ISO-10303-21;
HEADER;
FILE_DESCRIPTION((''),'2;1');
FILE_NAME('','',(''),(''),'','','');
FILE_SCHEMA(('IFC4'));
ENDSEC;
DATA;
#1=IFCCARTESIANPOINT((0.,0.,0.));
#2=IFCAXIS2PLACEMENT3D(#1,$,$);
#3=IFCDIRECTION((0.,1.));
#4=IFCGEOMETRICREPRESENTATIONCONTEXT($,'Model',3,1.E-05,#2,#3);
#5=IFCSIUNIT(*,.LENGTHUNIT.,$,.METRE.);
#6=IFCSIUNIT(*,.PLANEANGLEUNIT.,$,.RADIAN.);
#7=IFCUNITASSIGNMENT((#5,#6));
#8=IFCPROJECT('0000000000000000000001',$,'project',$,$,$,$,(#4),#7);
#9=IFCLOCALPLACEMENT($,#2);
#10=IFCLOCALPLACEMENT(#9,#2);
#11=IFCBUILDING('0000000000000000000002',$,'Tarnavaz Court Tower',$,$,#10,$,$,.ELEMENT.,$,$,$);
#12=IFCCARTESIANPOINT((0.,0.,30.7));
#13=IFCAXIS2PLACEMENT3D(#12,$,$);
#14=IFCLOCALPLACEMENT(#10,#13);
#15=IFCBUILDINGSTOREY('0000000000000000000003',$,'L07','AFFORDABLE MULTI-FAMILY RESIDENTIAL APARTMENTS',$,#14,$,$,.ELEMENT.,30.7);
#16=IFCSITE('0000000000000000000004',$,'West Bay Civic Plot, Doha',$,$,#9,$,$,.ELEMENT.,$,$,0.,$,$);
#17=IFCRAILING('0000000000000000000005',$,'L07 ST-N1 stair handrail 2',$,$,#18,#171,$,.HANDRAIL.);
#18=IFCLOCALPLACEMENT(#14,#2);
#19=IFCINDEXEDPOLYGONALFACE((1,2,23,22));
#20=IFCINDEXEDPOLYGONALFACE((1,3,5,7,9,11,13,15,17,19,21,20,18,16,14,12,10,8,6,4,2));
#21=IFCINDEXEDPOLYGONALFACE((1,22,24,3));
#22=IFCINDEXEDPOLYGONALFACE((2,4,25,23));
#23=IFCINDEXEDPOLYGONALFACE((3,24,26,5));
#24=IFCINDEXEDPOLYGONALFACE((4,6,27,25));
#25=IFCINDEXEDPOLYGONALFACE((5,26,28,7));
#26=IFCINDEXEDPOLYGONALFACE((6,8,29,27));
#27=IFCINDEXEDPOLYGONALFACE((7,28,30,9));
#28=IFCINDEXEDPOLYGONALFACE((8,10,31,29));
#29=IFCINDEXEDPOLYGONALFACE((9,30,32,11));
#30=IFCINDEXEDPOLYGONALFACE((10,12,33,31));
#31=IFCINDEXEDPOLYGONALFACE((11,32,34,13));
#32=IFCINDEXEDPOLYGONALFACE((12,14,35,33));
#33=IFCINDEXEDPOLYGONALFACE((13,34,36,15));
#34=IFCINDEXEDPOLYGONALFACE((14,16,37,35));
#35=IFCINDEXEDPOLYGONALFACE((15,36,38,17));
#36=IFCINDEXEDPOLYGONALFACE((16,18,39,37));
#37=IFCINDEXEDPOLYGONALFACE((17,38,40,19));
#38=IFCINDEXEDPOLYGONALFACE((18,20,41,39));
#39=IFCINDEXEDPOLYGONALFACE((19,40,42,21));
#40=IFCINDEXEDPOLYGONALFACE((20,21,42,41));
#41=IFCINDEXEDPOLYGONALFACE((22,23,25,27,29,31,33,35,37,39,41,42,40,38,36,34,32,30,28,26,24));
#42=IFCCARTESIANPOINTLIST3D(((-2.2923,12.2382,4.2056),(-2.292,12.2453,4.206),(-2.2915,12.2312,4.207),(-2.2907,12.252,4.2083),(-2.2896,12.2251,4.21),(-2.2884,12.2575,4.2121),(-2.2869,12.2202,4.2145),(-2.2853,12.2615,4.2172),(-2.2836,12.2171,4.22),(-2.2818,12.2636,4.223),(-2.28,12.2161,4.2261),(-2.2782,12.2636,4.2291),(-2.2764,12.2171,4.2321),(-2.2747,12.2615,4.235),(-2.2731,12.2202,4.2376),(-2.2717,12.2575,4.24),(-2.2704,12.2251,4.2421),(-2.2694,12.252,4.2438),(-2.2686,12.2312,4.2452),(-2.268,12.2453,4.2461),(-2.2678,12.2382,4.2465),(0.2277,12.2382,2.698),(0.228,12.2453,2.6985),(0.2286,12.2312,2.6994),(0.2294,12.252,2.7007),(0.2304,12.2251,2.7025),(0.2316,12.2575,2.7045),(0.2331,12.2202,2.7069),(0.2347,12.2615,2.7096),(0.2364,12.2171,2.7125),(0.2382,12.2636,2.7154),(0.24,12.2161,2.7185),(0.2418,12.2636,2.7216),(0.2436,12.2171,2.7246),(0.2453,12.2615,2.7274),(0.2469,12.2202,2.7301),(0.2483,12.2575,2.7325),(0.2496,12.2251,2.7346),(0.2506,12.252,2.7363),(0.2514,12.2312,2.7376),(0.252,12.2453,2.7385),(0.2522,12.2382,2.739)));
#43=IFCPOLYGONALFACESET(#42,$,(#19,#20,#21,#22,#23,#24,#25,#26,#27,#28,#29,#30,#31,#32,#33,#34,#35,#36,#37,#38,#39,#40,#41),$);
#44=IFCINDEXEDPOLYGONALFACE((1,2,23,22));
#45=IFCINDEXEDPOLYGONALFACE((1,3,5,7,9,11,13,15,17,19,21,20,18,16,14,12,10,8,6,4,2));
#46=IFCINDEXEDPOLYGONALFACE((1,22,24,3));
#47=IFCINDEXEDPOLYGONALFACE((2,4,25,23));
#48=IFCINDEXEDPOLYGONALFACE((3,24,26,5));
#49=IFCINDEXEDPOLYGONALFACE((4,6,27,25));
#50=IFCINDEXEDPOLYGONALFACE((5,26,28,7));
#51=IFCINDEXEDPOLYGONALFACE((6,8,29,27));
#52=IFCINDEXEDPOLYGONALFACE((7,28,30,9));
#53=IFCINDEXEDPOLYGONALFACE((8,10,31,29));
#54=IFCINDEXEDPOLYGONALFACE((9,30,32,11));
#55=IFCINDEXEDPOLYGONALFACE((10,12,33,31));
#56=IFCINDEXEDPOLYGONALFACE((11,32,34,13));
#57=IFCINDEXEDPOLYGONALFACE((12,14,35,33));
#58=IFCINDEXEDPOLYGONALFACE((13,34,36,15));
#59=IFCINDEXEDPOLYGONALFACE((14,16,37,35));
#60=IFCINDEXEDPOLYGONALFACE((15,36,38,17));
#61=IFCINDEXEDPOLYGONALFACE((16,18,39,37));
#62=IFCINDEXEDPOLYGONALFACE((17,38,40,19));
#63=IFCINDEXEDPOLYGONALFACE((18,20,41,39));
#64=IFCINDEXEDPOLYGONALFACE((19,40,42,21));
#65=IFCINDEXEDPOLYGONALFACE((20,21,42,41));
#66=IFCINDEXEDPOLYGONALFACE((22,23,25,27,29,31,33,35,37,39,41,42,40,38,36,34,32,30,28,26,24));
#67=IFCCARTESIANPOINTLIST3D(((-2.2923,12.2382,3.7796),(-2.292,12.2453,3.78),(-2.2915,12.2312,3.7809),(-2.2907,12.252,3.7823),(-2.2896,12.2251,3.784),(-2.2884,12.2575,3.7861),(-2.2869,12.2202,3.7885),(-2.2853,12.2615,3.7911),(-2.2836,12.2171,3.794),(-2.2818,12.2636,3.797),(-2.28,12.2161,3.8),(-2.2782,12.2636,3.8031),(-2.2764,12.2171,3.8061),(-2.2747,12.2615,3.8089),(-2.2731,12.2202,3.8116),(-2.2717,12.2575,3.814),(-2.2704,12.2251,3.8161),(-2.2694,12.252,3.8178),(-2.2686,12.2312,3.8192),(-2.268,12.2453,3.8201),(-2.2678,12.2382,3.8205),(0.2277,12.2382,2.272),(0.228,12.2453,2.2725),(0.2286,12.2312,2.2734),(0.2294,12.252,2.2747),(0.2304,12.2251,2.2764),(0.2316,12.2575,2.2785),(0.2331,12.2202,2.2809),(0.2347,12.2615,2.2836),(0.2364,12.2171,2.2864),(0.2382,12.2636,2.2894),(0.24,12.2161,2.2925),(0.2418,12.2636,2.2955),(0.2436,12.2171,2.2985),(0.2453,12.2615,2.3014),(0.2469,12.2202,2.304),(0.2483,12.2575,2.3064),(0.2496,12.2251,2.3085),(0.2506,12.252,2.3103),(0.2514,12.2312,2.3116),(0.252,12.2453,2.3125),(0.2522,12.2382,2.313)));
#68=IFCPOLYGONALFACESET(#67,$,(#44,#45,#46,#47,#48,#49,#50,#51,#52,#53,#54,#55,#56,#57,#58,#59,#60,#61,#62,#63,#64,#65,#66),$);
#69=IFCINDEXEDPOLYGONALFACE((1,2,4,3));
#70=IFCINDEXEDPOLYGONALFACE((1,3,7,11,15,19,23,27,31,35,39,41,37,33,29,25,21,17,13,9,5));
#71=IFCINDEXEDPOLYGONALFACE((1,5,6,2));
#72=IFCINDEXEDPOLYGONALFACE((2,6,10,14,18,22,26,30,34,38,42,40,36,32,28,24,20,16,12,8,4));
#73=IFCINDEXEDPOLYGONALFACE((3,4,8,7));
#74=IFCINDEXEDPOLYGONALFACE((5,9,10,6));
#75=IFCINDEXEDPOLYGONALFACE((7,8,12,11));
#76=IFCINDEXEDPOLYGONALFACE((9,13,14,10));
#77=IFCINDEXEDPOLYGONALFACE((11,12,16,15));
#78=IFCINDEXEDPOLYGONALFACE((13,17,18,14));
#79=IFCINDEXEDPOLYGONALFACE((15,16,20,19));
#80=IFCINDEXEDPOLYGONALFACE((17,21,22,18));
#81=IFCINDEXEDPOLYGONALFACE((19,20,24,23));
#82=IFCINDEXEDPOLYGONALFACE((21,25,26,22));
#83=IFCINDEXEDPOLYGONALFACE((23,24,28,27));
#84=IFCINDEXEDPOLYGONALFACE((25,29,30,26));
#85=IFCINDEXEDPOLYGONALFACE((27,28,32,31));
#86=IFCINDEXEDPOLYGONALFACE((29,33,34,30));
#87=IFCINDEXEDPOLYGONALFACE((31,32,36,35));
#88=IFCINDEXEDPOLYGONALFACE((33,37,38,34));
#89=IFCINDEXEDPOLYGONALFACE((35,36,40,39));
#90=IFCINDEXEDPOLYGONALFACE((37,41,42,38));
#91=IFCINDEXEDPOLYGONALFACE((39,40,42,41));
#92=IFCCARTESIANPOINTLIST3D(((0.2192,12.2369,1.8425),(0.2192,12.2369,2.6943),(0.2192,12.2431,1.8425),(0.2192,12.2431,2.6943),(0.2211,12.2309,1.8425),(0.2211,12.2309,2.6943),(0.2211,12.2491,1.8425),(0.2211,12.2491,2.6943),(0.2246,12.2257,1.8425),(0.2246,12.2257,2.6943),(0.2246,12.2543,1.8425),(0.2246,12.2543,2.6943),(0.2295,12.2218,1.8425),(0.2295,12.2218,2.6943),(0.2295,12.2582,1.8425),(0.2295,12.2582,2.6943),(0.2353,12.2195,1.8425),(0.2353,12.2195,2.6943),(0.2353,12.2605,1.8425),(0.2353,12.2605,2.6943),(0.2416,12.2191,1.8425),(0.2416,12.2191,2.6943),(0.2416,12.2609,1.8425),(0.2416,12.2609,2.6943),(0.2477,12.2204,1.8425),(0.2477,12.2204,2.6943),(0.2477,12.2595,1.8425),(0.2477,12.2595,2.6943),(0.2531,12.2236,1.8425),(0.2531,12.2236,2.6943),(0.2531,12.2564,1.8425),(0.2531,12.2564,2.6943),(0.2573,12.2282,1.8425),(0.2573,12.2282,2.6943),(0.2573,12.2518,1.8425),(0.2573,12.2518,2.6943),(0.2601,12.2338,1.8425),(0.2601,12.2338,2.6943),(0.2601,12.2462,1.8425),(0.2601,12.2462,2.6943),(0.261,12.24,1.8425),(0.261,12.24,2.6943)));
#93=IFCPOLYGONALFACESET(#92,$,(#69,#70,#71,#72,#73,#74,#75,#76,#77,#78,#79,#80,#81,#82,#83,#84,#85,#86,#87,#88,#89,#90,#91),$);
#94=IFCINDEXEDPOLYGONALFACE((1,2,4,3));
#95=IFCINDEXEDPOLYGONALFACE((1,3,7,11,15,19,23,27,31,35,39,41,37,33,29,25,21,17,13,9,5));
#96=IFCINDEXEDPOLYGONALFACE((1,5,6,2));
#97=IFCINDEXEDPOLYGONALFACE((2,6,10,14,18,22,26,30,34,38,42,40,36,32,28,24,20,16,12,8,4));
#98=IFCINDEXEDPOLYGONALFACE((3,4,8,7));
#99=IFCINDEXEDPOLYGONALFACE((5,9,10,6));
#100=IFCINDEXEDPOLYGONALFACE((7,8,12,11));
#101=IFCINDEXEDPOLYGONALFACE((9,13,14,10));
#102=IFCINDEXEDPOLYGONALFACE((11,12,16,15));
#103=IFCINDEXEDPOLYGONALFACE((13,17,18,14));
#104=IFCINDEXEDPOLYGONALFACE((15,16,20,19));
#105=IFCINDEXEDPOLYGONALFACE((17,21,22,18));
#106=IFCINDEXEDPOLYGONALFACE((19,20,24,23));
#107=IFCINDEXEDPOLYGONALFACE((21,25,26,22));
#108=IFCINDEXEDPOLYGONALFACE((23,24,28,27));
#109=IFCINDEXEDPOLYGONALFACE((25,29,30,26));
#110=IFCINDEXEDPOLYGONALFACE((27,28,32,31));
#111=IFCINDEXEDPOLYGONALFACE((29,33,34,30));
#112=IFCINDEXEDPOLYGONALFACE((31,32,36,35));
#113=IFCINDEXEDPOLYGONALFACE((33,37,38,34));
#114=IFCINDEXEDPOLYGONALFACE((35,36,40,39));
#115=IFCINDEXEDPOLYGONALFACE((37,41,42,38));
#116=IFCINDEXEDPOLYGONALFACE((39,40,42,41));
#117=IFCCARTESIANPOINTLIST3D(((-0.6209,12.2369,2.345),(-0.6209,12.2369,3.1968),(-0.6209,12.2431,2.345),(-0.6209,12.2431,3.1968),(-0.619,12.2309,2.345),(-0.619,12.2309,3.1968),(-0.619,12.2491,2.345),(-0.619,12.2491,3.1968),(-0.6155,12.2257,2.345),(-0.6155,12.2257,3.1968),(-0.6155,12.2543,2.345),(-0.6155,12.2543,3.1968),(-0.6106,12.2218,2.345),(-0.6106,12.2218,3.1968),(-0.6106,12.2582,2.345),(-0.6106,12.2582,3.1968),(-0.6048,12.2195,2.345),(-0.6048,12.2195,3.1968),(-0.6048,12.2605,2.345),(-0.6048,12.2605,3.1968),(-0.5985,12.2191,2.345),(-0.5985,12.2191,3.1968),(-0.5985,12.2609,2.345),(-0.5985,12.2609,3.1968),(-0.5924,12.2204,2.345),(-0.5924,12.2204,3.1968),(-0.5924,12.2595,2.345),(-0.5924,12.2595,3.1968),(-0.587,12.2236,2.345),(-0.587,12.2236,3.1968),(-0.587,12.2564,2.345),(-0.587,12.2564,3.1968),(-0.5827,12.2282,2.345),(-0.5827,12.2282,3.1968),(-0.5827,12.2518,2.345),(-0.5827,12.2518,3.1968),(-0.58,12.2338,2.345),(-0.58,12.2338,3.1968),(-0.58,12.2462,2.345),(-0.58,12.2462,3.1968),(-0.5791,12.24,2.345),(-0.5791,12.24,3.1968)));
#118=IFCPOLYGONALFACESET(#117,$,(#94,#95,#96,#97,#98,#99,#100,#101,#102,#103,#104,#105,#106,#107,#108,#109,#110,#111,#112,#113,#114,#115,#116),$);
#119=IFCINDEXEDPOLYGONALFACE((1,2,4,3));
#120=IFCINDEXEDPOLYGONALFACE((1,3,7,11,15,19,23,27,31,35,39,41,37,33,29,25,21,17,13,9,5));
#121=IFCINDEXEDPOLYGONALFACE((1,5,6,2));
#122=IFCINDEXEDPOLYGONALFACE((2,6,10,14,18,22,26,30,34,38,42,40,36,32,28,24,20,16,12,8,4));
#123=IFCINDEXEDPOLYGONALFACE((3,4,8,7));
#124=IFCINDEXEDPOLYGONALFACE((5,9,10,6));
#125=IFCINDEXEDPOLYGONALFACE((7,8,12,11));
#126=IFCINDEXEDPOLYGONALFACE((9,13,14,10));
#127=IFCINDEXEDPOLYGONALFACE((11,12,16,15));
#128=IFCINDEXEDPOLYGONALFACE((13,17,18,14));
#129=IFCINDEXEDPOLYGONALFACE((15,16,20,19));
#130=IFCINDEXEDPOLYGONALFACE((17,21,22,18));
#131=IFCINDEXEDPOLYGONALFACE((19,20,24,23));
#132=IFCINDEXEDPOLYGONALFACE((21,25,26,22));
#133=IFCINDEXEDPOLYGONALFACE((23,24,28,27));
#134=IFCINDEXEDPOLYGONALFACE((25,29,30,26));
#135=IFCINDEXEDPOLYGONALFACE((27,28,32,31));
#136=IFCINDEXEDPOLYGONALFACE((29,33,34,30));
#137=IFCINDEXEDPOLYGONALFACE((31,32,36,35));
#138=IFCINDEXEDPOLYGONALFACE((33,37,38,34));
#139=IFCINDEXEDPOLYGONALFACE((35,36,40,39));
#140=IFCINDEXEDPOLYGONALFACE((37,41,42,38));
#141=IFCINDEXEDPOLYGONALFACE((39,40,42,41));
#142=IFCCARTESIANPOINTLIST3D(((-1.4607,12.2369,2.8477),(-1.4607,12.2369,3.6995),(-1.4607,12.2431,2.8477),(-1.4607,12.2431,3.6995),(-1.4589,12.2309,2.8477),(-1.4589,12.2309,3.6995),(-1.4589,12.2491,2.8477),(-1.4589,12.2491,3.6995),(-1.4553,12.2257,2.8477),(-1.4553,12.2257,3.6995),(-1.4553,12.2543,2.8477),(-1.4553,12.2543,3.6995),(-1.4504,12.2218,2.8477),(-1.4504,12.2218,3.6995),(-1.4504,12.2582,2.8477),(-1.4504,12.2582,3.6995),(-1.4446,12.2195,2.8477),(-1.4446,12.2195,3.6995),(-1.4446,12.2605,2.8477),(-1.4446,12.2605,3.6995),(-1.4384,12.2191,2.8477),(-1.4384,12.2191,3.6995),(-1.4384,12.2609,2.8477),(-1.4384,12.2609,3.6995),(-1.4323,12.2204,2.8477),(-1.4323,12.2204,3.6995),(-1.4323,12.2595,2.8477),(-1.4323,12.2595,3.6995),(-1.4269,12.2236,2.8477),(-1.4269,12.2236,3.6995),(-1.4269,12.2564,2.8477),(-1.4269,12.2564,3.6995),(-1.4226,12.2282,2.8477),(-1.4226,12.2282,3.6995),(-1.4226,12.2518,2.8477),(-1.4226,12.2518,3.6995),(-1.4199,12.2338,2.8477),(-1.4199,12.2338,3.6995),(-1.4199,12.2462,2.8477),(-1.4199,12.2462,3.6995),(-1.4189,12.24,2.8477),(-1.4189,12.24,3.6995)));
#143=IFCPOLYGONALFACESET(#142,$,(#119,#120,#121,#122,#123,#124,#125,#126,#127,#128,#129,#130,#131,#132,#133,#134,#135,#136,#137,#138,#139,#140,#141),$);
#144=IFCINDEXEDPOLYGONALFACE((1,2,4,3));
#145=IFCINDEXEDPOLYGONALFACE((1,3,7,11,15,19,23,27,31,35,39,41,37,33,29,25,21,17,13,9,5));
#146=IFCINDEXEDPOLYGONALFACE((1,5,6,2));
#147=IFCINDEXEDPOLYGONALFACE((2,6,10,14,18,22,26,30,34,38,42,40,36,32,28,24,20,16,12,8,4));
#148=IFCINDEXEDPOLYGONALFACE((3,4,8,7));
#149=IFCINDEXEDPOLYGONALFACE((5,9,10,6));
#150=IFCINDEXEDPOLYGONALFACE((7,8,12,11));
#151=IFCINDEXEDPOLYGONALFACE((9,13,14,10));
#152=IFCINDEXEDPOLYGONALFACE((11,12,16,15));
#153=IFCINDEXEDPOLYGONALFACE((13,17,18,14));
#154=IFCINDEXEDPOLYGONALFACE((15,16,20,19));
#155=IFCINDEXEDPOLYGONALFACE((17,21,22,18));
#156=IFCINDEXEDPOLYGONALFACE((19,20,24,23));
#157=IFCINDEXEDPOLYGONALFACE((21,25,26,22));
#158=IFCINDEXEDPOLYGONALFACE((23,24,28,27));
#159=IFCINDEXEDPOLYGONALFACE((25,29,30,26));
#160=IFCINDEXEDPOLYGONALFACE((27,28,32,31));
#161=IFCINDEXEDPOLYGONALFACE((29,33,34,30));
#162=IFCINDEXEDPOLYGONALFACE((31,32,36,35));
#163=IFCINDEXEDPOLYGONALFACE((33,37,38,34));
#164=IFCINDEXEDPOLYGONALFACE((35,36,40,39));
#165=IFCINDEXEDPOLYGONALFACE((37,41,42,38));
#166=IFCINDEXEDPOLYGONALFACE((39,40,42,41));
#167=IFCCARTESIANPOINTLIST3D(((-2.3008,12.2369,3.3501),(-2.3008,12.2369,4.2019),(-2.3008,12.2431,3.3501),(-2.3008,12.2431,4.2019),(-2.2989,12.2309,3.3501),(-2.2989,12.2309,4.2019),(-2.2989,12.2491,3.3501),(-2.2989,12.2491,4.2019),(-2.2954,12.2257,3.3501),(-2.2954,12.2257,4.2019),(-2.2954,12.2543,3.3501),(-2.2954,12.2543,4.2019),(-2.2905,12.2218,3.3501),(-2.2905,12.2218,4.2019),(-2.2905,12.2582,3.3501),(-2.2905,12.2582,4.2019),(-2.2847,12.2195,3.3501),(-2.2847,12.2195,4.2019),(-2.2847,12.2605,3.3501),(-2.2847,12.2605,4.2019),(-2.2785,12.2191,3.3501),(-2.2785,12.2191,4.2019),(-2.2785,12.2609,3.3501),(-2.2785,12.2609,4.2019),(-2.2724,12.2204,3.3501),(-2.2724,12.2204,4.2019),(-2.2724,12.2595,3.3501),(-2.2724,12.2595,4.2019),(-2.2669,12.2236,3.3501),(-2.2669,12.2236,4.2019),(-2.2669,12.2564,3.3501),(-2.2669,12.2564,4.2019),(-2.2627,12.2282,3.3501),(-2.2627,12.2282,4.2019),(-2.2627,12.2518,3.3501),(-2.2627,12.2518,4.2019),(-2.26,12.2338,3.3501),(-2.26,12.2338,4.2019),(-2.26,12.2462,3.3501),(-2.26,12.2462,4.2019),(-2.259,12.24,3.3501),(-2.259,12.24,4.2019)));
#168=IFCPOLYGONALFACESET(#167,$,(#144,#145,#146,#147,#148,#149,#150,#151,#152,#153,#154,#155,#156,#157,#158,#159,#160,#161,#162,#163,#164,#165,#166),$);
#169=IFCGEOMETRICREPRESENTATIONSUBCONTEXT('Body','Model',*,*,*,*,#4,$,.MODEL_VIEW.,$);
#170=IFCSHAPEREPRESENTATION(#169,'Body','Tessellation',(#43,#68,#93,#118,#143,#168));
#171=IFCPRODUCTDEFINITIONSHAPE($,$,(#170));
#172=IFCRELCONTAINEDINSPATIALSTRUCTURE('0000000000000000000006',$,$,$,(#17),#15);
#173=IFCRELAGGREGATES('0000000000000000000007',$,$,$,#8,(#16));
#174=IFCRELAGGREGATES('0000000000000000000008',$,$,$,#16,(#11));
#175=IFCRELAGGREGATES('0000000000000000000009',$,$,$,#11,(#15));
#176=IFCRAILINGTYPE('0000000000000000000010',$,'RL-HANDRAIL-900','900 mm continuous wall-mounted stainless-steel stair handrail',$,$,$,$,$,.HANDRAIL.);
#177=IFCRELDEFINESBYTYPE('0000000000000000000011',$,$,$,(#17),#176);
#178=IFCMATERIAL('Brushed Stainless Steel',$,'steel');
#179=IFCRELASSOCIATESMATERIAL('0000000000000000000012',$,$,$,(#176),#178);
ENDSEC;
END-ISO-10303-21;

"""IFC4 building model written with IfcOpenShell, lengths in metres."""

from ifc_helpers import new_model, si_unit, direction, frame, origin, origin_2d, place, context, subcontext, project, spatial, circle, extrude, material, type_object, element, save


model = new_model("IFC4")

# Units and contexts
model_context = context("Model", 3, precision=1e-05, world=origin(), true_north=direction((0.0, 1.0)))
body_context = subcontext(model_context, "Body", "Model", "MODEL_VIEW")
ifc_project = project(units=[si_unit("LENGTHUNIT", "METRE"), si_unit("PLANEANGLEUNIT", "RADIAN")], contexts=[model_context])

# Site, building, storey
site_placement = place(None, origin())
site = spatial("IfcSite", under=ifc_project, at=site_placement, Name="West Bay Civic Plot, Doha", CompositionType="ELEMENT", RefElevation=0.0)
building_placement = place(site_placement, origin())
building = spatial("IfcBuilding", under=site, at=building_placement, Name="Tarnavaz Court Tower", CompositionType="ELEMENT")
storey_placement = place(building_placement, frame((0.0, 0.0, 30.7)))
storey = spatial("IfcBuildingStorey", under=building, at=storey_placement, Name="L07", Description="AFFORDABLE MULTI-FAMILY RESIDENTIAL APARTMENTS", CompositionType="ELEMENT", Elevation=30.7)

# Railing
ifc_material_1 = material(Name="Brushed Stainless Steel", Category="steel")
railing_type_1 = type_object("IfcRailingType", Name="RL-HANDRAIL-900", Description="900 mm continuous wall-mounted stainless-steel stair handrail", PredefinedType="HANDRAIL", material=ifc_material_1)
railing_1_placement = place(storey_placement, frame((0.24, 12.24, 1.8425)))
element("IfcRailing", 1, at=railing_1_placement, inside=storey, type_object=railing_type_1, Name="L07 ST-N1 stair handrail 2", PredefinedType="HANDRAIL", context=body_context, shape_type="SweptSolid", body=[
    extrude(circle(Radius=0.0239, at=origin_2d()), frame((0.0, 0.0, 0.876), z_axis=(-0.85816, 0.0, 0.513383), x_axis=(0.0, -1.0, 0.0)), (0.0, 0.0, 1.0), 2.9365),
    extrude(circle(Radius=0.0239, at=origin_2d()), frame((0.0, 0.0, 0.45), z_axis=(-0.85816, 0.0, 0.513383), x_axis=(0.0, -1.0, 0.0)), (0.0, 0.0, 1.0), 2.9365),
    extrude(circle(Radius=0.021, at=origin_2d()), origin(), (0.0, 0.0, 1.0), 0.8518),
    extrude(circle(Radius=0.021, at=origin_2d()), frame((-0.8401, 0.0, 0.5024)), (0.0, 0.0, 1.0), 0.8518),
    extrude(circle(Radius=0.021, at=origin_2d()), frame((-1.6799, 0.0, 1.0051)), (0.0, 0.0, 1.0), 0.8518),
    extrude(circle(Radius=0.021, at=origin_2d()), frame((-2.52, 0.0, 1.5076)), (0.0, 0.0, 1.0), 0.8518),
])

save(model, "model.ifc")
